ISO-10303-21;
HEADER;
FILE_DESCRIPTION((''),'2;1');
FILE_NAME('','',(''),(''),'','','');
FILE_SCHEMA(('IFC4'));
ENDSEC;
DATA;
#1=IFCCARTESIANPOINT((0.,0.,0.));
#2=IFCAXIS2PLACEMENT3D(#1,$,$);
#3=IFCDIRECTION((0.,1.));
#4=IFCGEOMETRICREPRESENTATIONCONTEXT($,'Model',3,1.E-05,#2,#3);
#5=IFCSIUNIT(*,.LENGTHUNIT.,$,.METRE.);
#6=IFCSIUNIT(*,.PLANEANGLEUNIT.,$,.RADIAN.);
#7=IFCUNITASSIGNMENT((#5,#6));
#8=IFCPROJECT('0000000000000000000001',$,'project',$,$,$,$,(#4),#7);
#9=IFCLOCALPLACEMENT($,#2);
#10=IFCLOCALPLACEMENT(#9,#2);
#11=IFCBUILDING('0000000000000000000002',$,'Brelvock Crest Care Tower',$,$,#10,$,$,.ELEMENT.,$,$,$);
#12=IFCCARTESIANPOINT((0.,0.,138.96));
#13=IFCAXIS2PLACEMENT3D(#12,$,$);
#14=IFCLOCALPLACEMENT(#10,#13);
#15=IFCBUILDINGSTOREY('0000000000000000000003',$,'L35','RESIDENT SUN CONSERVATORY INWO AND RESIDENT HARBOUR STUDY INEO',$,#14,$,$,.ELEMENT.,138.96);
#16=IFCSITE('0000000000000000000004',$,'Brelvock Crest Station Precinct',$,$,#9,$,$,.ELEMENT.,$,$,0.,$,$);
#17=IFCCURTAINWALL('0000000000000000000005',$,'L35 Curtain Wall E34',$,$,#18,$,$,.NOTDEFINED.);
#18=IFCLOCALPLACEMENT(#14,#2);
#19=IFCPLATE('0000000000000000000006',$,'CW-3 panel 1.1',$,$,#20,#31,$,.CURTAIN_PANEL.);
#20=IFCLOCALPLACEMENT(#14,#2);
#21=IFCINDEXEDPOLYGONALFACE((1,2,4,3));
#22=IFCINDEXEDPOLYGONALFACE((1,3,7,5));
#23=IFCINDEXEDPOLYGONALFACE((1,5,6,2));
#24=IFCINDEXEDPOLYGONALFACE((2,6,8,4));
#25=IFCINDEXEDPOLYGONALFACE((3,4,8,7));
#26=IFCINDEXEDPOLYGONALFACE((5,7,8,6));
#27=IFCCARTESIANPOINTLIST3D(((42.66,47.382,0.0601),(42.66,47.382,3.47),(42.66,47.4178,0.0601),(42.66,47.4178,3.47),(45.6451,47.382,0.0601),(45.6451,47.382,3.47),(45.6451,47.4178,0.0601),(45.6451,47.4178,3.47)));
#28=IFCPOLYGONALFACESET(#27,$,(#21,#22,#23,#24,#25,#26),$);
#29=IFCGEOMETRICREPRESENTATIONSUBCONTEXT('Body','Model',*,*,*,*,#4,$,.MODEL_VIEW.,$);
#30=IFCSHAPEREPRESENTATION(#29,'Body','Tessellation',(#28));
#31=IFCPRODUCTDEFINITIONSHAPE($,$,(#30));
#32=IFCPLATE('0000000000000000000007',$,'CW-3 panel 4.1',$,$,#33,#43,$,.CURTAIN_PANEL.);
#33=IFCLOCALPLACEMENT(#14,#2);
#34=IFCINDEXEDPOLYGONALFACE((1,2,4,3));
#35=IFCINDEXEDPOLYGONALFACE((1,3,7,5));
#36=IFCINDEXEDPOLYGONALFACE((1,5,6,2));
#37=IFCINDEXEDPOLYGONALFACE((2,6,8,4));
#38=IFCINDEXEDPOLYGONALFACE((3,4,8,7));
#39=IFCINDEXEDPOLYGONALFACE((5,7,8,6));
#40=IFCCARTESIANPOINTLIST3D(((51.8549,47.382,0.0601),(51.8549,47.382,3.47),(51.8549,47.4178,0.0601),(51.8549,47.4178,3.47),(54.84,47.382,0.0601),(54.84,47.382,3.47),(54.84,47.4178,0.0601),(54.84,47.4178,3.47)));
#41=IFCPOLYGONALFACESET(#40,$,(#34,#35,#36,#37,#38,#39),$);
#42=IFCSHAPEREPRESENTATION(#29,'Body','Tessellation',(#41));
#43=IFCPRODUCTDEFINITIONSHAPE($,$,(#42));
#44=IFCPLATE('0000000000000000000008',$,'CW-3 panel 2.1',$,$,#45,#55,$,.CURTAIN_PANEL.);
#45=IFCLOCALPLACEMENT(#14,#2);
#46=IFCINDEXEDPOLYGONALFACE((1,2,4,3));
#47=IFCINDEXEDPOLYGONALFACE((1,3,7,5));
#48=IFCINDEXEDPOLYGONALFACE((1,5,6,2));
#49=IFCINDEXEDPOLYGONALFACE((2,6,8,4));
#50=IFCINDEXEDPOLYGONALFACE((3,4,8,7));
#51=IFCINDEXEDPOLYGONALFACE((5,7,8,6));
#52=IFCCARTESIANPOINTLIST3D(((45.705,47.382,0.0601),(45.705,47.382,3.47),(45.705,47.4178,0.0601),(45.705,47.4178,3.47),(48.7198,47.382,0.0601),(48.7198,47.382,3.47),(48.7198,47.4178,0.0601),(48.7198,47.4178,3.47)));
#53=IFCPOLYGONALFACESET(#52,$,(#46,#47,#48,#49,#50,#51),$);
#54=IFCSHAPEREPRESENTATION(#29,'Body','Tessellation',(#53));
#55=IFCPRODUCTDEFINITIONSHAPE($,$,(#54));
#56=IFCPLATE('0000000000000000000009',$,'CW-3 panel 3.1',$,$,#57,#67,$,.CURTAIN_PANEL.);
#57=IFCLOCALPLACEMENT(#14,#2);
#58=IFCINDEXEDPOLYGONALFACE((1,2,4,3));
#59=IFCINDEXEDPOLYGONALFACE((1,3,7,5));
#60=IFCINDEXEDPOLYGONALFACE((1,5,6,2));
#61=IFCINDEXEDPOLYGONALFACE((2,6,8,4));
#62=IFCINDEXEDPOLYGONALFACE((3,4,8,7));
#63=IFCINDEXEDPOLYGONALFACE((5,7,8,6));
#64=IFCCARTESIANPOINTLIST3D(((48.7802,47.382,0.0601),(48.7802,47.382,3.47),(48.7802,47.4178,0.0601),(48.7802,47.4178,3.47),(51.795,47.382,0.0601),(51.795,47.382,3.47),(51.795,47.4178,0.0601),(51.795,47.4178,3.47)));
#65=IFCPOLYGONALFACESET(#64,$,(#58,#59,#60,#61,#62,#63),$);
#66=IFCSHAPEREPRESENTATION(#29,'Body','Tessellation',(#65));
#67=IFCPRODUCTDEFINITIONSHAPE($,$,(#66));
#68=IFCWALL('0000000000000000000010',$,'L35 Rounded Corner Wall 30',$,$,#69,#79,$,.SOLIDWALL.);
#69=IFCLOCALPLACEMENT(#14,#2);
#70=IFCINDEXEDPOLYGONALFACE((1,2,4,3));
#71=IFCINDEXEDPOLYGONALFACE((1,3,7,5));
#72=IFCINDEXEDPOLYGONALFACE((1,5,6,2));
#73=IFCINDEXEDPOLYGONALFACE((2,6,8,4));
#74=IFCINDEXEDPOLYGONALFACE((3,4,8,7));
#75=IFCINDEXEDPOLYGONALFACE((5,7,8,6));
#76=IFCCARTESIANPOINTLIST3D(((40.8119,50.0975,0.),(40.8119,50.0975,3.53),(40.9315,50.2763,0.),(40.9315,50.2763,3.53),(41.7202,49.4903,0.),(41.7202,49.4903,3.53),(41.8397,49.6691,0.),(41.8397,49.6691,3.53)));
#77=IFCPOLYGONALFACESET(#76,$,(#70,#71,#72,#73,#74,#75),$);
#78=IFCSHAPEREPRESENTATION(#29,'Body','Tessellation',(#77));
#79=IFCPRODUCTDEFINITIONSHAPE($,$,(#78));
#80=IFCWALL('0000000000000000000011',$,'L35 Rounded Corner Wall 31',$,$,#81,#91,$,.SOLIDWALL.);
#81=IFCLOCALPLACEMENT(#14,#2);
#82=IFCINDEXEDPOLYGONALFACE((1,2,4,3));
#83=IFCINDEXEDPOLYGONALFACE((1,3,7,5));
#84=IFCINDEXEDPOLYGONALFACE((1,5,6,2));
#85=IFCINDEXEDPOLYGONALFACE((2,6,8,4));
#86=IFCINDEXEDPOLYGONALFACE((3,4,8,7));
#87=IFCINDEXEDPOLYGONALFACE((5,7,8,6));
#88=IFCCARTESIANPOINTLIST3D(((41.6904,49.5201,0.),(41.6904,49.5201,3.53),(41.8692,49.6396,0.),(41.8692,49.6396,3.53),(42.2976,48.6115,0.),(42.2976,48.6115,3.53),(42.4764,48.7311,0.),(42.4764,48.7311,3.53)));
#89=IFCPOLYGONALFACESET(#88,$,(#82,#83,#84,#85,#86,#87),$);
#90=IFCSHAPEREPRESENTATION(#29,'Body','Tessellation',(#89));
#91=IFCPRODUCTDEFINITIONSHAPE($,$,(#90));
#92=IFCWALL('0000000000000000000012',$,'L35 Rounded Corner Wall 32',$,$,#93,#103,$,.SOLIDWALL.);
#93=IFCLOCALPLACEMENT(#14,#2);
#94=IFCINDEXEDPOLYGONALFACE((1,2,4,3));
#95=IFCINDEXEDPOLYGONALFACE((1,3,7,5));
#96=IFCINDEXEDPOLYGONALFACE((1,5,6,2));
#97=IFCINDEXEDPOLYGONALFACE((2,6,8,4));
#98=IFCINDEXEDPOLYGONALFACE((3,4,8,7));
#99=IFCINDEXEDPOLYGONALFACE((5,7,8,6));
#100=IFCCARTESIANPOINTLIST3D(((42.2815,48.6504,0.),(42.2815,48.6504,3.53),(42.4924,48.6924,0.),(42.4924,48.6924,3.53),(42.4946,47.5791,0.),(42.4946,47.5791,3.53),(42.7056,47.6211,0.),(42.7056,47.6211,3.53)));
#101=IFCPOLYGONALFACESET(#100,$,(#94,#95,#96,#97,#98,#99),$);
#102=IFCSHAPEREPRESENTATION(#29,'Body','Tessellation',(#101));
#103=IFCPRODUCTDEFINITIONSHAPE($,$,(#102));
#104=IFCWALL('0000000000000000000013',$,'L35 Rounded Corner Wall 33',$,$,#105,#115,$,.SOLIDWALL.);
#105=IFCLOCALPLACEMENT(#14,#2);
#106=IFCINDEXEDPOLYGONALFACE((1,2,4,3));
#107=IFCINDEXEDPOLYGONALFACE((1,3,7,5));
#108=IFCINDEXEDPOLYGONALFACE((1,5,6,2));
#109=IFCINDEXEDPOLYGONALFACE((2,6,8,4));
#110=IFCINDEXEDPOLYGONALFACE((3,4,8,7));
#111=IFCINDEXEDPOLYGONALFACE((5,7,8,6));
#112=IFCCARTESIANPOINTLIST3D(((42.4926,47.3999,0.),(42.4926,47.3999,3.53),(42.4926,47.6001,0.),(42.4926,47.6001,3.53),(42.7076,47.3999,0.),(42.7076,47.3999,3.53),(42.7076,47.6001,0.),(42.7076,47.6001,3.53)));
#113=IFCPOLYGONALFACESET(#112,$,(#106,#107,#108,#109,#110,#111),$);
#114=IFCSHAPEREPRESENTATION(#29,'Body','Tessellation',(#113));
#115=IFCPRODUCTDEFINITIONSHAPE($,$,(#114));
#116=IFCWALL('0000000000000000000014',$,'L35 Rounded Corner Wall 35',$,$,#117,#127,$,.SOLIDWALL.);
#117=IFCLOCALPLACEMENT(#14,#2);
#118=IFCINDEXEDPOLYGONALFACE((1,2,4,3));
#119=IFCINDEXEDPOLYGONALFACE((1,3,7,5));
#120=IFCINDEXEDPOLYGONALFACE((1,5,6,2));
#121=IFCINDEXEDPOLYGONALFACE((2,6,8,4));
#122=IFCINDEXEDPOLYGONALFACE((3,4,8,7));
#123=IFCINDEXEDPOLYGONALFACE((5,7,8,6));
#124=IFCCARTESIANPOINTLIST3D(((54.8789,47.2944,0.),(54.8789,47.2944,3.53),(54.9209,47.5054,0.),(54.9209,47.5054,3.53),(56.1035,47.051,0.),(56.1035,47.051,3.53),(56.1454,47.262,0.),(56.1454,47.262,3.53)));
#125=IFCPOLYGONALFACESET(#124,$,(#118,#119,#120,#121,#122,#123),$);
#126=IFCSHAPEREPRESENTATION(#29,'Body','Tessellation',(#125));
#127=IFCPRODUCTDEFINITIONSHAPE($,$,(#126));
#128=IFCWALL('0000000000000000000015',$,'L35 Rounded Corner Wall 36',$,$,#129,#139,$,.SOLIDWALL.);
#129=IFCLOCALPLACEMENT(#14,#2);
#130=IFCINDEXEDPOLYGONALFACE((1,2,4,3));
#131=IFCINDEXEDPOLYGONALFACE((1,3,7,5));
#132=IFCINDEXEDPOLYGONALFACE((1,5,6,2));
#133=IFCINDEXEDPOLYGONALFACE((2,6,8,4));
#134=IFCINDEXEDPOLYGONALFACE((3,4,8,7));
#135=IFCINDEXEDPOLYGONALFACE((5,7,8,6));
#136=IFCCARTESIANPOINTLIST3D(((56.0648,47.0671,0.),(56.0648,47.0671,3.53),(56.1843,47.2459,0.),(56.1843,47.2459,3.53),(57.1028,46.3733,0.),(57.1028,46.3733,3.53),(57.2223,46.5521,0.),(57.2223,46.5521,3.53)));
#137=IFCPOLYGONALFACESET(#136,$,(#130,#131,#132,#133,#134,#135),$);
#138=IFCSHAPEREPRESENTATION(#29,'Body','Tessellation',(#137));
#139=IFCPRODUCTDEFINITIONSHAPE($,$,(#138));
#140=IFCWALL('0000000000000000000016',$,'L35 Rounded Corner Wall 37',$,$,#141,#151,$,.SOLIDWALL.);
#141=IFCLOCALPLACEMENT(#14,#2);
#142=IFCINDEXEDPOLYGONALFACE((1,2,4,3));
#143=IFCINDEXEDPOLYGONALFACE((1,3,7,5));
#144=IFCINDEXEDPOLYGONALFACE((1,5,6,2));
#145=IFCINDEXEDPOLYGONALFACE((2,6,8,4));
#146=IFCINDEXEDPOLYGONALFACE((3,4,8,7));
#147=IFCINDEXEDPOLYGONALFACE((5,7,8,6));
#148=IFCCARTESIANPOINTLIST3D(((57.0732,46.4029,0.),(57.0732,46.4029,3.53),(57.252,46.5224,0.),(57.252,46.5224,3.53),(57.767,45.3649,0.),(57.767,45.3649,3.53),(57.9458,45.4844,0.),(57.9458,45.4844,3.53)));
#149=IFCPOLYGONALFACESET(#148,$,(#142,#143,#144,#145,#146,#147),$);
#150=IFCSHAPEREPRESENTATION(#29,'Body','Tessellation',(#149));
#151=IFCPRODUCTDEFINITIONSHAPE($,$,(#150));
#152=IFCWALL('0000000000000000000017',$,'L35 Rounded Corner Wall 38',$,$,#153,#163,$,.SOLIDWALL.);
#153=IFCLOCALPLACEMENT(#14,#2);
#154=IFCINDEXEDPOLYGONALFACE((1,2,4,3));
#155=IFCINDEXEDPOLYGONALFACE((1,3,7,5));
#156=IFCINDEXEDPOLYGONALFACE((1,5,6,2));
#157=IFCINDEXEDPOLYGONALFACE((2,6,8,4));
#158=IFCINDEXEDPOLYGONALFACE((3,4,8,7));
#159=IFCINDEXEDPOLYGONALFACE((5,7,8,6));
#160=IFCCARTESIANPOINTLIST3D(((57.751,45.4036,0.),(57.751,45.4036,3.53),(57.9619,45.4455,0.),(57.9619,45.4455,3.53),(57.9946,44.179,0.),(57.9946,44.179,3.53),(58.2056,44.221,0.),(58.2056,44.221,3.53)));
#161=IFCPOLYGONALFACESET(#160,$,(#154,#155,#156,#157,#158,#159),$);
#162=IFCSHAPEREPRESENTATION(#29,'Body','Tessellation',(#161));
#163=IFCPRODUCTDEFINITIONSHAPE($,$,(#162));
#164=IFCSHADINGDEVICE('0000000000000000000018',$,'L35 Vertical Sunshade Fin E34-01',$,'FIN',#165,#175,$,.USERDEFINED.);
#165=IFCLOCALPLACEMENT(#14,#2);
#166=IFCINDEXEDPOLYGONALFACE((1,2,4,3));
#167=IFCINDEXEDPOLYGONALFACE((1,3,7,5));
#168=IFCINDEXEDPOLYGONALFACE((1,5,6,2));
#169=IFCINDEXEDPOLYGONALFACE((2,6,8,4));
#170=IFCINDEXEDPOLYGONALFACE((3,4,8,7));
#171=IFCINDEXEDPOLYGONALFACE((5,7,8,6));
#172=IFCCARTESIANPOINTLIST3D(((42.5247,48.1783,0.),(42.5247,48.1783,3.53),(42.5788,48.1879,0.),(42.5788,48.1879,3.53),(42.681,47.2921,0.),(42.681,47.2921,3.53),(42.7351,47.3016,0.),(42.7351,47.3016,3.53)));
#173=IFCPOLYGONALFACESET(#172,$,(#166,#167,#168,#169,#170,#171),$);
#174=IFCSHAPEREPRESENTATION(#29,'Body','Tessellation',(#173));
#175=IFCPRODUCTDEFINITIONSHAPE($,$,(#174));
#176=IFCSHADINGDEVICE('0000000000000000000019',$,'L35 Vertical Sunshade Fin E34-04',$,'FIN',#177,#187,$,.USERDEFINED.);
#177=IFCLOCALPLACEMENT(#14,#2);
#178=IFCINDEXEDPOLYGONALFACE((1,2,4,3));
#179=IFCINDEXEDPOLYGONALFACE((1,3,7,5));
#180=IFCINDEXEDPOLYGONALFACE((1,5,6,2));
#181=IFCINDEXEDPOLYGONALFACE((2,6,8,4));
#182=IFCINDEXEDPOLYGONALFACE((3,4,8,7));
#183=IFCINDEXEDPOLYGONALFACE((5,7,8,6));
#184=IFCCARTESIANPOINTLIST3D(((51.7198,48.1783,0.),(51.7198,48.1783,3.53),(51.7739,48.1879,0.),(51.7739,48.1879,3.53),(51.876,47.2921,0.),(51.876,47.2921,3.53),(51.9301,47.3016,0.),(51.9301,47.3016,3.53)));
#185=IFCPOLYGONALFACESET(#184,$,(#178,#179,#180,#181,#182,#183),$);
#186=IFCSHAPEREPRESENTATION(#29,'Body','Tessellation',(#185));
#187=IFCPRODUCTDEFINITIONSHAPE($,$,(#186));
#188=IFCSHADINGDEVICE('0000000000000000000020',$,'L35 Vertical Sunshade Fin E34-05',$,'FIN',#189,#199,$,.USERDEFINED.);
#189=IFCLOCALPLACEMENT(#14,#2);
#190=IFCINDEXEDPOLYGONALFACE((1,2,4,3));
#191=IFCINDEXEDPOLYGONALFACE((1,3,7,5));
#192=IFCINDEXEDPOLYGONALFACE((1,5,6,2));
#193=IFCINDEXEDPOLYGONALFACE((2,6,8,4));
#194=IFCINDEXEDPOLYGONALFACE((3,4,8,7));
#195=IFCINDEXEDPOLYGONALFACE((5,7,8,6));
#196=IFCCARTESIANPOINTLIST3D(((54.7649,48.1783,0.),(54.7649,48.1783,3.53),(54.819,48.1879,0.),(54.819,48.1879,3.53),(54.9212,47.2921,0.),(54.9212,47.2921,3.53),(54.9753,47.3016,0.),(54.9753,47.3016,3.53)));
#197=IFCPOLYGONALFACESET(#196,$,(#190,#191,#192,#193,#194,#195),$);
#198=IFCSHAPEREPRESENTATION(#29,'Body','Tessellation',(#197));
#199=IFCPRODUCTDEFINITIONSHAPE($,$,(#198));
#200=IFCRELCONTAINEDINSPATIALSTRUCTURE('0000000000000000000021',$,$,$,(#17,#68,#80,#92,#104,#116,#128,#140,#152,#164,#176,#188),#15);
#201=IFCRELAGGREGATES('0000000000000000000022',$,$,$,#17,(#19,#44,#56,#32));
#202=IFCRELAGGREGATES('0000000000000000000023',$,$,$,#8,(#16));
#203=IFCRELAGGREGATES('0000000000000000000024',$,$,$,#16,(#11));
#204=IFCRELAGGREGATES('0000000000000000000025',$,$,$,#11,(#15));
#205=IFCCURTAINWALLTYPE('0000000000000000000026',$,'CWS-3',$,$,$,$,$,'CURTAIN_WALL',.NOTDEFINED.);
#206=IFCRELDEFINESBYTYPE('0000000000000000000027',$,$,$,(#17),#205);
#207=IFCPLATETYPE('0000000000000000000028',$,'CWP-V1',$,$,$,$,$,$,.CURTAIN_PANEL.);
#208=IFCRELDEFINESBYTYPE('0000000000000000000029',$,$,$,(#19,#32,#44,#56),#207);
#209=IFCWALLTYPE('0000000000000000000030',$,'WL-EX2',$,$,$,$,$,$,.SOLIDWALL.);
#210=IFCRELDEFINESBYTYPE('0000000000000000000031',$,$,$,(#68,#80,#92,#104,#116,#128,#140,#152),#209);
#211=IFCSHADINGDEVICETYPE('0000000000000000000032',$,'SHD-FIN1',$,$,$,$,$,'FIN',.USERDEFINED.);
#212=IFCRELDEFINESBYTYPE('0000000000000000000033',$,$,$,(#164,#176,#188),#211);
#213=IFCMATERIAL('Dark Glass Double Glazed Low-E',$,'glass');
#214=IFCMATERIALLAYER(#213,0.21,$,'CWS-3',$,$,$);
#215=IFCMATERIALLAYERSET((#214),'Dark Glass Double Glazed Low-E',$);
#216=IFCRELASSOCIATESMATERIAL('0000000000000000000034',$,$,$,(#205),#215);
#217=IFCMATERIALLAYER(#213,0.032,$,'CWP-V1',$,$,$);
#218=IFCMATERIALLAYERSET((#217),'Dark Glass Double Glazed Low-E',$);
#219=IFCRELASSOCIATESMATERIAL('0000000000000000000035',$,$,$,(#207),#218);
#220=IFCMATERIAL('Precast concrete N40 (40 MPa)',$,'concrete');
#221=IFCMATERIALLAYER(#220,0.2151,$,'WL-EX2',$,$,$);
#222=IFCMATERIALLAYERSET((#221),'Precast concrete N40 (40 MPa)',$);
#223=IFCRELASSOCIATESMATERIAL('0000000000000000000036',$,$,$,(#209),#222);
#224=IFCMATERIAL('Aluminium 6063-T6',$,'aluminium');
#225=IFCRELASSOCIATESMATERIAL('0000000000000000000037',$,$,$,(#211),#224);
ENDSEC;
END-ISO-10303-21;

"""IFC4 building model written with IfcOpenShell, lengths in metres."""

from ifc_helpers import new_model, si_unit, direction, frame, frame_2d, origin, origin_2d, place, context, subcontext, project, spatial, rectangle, extrude, source, transform, mapped, material, layer, layer_set, material_profile, profile_set, type_object, element, aggregate, save


model = new_model("IFC4")

# Units and contexts
model_context = context("Model", 3, precision=1e-05, world=origin(), true_north=direction((0.0, 1.0)))
body_context = subcontext(model_context, "Body", "Model", "MODEL_VIEW")
ifc_project = project(units=[si_unit("LENGTHUNIT", "METRE"), si_unit("PLANEANGLEUNIT", "RADIAN")], contexts=[model_context])

# Site, building, storey
site_placement = place(None, origin())
site = spatial("IfcSite", under=ifc_project, at=site_placement, Name="Brelvock Crest Station Precinct", CompositionType="ELEMENT", RefElevation=0.0)
building_placement = place(site_placement, origin())
building = spatial("IfcBuilding", under=site, at=building_placement, Name="Brelvock Crest Care Tower", CompositionType="ELEMENT")
storey_placement = place(building_placement, frame((0.0, 0.0, 138.96)))
storey = spatial("IfcBuildingStorey", under=building, at=storey_placement, Name="L35", Description="RESIDENT SUN CONSERVATORY INWO AND RESIDENT HARBOUR STUDY INEO", CompositionType="ELEMENT", Elevation=138.96)

# Curtain wall, plates
ifc_material_1 = material(Name="Dark Glass Double Glazed Low-E", Category="glass")
ifc_layer_1 = layer(ifc_material_1, 0.21, Name="CWS-3")
ifc_layer_set_1 = layer_set([ifc_layer_1], Name="Dark Glass Double Glazed Low-E")
curtain_wall_type = type_object("IfcCurtainWallType", Name="CWS-3", ElementType="CURTAIN_WALL", PredefinedType="NOTDEFINED", material=ifc_layer_set_1)
curtain_wall_placement = place(storey_placement, origin())
curtain_wall = element("IfcCurtainWall", 1, at=curtain_wall_placement, inside=storey, type_object=curtain_wall_type, Name="L35 Curtain Wall E34", PredefinedType="NOTDEFINED")
ifc_material_2 = material(Name="Aluminium 6063-T6", Category="aluminium")
ifc_layer_2 = layer(ifc_material_1, 0.032, Name="CWP-V1")
ifc_layer_set_2 = layer_set([ifc_layer_2], Name="Dark Glass Double Glazed Low-E")
plate_type = type_object("IfcPlateType", Name="CWP-V1", PredefinedType="CURTAIN_PANEL", material=ifc_layer_set_2)
shared_shape_1 = source(origin(), body_context, "Body", "SweptSolid", [
    extrude(rectangle(XDim=2.9851, YDim=0.0359, at=origin_2d()), origin(), (0.0, 0.0, 1.0), 3.4099),
])
plate_1_placement = place(storey_placement, frame((44.1526, 47.3999, 0.0601), z_axis=(0.0, 0.0, 1.0), x_axis=(1.0, 0.0, 0.0)))
plate_1 = element("IfcPlate", 2, at=plate_1_placement, type_object=plate_type, Name="CW-3 panel 1.1", PredefinedType="CURTAIN_PANEL", context=body_context, shape_type="MappedRepresentation", body=[
    mapped(shared_shape_1, transform((0.0, 0.0, 0.0), x_axis=(1.0, 0.0, 0.0), y_axis=(0.0, 1.0, 0.0), z_axis=(0.0, 0.0, 1.0), scale=1.0)),
])
plate_2_placement = place(storey_placement, frame((53.3474, 47.3999, 0.0601), z_axis=(0.0, 0.0, 1.0), x_axis=(1.0, 0.0, 0.0)))
plate_2 = element("IfcPlate", 3, at=plate_2_placement, type_object=plate_type, Name="CW-3 panel 4.1", PredefinedType="CURTAIN_PANEL", context=body_context, shape_type="MappedRepresentation", body=[
    mapped(shared_shape_1, transform((0.0, 0.0, 0.0), x_axis=(1.0, 0.0, 0.0), y_axis=(0.0, 1.0, 0.0), z_axis=(0.0, 0.0, 1.0), scale=1.0)),
])
shared_shape_2 = source(origin(), body_context, "Body", "SweptSolid", [
    extrude(rectangle(XDim=3.0149, YDim=0.0359, at=origin_2d()), origin(), (0.0, 0.0, 1.0), 3.4099),
])
plate_3_placement = place(storey_placement, frame((47.2124, 47.3999, 0.0601), z_axis=(0.0, 0.0, 1.0), x_axis=(1.0, 0.0, 0.0)))
plate_3 = element("IfcPlate", 4, at=plate_3_placement, type_object=plate_type, Name="CW-3 panel 2.1", PredefinedType="CURTAIN_PANEL", context=body_context, shape_type="MappedRepresentation", body=[
    mapped(shared_shape_2, transform((0.0, 0.0, 0.0), x_axis=(1.0, 0.0, 0.0), y_axis=(0.0, 1.0, 0.0), z_axis=(0.0, 0.0, 1.0), scale=1.0)),
])
plate_4_placement = place(storey_placement, frame((50.2876, 47.3999, 0.0601), z_axis=(0.0, 0.0, 1.0), x_axis=(1.0, 0.0, 0.0)))
plate_4 = element("IfcPlate", 5, at=plate_4_placement, type_object=plate_type, Name="CW-3 panel 3.1", PredefinedType="CURTAIN_PANEL", context=body_context, shape_type="MappedRepresentation", body=[
    mapped(shared_shape_2, transform((0.0, 0.0, 0.0), x_axis=(1.0, 0.0, 0.0), y_axis=(0.0, 1.0, 0.0), z_axis=(0.0, 0.0, 1.0), scale=1.0)),
])
aggregate(curtain_wall, [plate_1, plate_3, plate_4, plate_2])

# Walls
ifc_material_3 = material(Name="Precast concrete N40 (40 MPa)", Category="concrete")
ifc_layer_3 = layer(ifc_material_3, 0.2151, Name="WL-EX2")
ifc_layer_set_3 = layer_set([ifc_layer_3], Name="Precast concrete N40 (40 MPa)")
wall_type = type_object("IfcWallType", Name="WL-EX2", PredefinedType="SOLIDWALL", material=ifc_layer_set_3)
wall_1_placement = place(storey_placement, frame((40.8716, 50.187, 0.0), z_axis=(0.0, 0.0, 1.0), x_axis=(0.831328, -0.555783, 0.0)))
element("IfcWall", 6, at=wall_1_placement, inside=storey, type_object=wall_type, Name="L35 Rounded Corner Wall 30", PredefinedType="SOLIDWALL", context=body_context, shape_type="SweptSolid", body=[
    extrude(rectangle(XDim=1.0925, YDim=0.2151, at=frame_2d((0.5464, 0.0))), origin(), (0.0, 0.0, 1.0), 3.53),
])
wall_2_placement = place(storey_placement, frame((41.7798, 49.5798, 0.0), z_axis=(0.0, 0.0, 1.0), x_axis=(0.555679, -0.831397, 0.0)))
element("IfcWall", 7, at=wall_2_placement, inside=storey, type_object=wall_type, Name="L35 Rounded Corner Wall 31", PredefinedType="SOLIDWALL", context=body_context, shape_type="SweptSolid", body=[
    extrude(rectangle(XDim=1.0928, YDim=0.2151, at=frame_2d((0.5464, 0.0))), origin(), (0.0, 0.0, 1.0), 3.53),
])
wall_3_placement = place(storey_placement, frame((42.387, 48.6714, 0.0), z_axis=(0.0, 0.0, 1.0), x_axis=(0.195127, -0.980778, 0.0)))
element("IfcWall", 8, at=wall_3_placement, inside=storey, type_object=wall_type, Name="L35 Rounded Corner Wall 32", PredefinedType="SOLIDWALL", context=body_context, shape_type="SweptSolid", body=[
    extrude(rectangle(XDim=1.0923, YDim=0.2151, at=frame_2d((0.5461, 0.0))), origin(), (0.0, 0.0, 1.0), 3.53),
])
wall_4_placement = place(storey_placement, frame((42.6001, 47.6001, 0.0), z_axis=(0.0, 0.0, 1.0), x_axis=(0.0, -1.0, 0.0)))
element("IfcWall", 9, at=wall_4_placement, inside=storey, type_object=wall_type, Name="L35 Rounded Corner Wall 33", PredefinedType="SOLIDWALL", context=body_context, shape_type="SweptSolid", body=[
    extrude(rectangle(XDim=0.2002, YDim=0.2151, at=frame_2d((0.1001, 0.0))), origin(), (0.0, 0.0, 1.0), 3.53),
])
for number, where, z_axis, x_axis, name in (
    (10, (54.8999, 47.3999, 0.0), (0.0, 0.0, 1.0), (0.980813, -0.19495, 0.0), "L35 Rounded Corner Wall 35"),
    (11, (56.1245, 47.1565, 0.0), (0.0, 0.0, 1.0), (0.831388, -0.555692, 0.0), "L35 Rounded Corner Wall 36"),
    (12, (57.1626, 46.4626, 0.0), (0.0, 0.0, 1.0), (0.555692, -0.831388, 0.0), "L35 Rounded Corner Wall 37"),
    (13, (57.8564, 45.4246, 0.0), (0.0, 0.0, 1.0), (0.195138, -0.980776, 0.0), "L35 Rounded Corner Wall 38"),
):
    element("IfcWall", number, at=place(storey_placement, frame(where, z_axis=z_axis, x_axis=x_axis)), inside=storey, type_object=wall_type, Name=name, PredefinedType="SOLIDWALL", context=body_context, shape_type="SweptSolid", body=[
        extrude(rectangle(XDim=1.2485, YDim=0.2151, at=frame_2d((0.6243, 0.0))), origin(), (0.0, 0.0, 1.0), 3.53),
    ])

# Shading devices
ifc_material_profile_1 = material_profile(ifc_material_2, rectangle(XDim=0.0549, YDim=0.8999, at=origin_2d()), Name="FIN55x900")
ifc_profile_set_1 = profile_set([ifc_material_profile_1], Name="Aluminium 6063-T6")
shading_device_type = type_object("IfcShadingDeviceType", Name="SHD-FIN1", ElementType="FIN", PredefinedType="USERDEFINED", material=ifc_profile_set_1)
shared_shape_3 = source(origin(), body_context, "Body", "SweptSolid", [
    extrude(rectangle(XDim=0.0549, YDim=0.8999, at=origin_2d()), origin(), (0.0, 0.0, 1.0), 3.53),
])
for number, where, z_axis, x_axis, name in (
    (14, (42.6299, 47.74, 0.0), (0.0, 0.0, 1.0), (0.984808, 0.173648, 0.0), "L35 Vertical Sunshade Fin E34-01"),
    (15, (51.825, 47.74, 0.0), (0.0, 0.0, 1.0), (0.984808, 0.173648, 0.0), "L35 Vertical Sunshade Fin E34-04"),
    (16, (54.8701, 47.74, 0.0), (0.0, 0.0, 1.0), (0.984808, 0.173648, 0.0), "L35 Vertical Sunshade Fin E34-05"),
):
    element("IfcShadingDevice", number, at=place(storey_placement, frame(where, z_axis=z_axis, x_axis=x_axis)), inside=storey, type_object=shading_device_type, Name=name, ObjectType="FIN", PredefinedType="USERDEFINED", context=body_context, shape_type="MappedRepresentation", body=[
        mapped(shared_shape_3, transform((0.0, 0.0, 0.0), x_axis=(1.0, 0.0, 0.0), y_axis=(0.0, 1.0, 0.0), z_axis=(0.0, 0.0, 1.0), scale=1.0)),
    ])

save(model, "model.ifc")
